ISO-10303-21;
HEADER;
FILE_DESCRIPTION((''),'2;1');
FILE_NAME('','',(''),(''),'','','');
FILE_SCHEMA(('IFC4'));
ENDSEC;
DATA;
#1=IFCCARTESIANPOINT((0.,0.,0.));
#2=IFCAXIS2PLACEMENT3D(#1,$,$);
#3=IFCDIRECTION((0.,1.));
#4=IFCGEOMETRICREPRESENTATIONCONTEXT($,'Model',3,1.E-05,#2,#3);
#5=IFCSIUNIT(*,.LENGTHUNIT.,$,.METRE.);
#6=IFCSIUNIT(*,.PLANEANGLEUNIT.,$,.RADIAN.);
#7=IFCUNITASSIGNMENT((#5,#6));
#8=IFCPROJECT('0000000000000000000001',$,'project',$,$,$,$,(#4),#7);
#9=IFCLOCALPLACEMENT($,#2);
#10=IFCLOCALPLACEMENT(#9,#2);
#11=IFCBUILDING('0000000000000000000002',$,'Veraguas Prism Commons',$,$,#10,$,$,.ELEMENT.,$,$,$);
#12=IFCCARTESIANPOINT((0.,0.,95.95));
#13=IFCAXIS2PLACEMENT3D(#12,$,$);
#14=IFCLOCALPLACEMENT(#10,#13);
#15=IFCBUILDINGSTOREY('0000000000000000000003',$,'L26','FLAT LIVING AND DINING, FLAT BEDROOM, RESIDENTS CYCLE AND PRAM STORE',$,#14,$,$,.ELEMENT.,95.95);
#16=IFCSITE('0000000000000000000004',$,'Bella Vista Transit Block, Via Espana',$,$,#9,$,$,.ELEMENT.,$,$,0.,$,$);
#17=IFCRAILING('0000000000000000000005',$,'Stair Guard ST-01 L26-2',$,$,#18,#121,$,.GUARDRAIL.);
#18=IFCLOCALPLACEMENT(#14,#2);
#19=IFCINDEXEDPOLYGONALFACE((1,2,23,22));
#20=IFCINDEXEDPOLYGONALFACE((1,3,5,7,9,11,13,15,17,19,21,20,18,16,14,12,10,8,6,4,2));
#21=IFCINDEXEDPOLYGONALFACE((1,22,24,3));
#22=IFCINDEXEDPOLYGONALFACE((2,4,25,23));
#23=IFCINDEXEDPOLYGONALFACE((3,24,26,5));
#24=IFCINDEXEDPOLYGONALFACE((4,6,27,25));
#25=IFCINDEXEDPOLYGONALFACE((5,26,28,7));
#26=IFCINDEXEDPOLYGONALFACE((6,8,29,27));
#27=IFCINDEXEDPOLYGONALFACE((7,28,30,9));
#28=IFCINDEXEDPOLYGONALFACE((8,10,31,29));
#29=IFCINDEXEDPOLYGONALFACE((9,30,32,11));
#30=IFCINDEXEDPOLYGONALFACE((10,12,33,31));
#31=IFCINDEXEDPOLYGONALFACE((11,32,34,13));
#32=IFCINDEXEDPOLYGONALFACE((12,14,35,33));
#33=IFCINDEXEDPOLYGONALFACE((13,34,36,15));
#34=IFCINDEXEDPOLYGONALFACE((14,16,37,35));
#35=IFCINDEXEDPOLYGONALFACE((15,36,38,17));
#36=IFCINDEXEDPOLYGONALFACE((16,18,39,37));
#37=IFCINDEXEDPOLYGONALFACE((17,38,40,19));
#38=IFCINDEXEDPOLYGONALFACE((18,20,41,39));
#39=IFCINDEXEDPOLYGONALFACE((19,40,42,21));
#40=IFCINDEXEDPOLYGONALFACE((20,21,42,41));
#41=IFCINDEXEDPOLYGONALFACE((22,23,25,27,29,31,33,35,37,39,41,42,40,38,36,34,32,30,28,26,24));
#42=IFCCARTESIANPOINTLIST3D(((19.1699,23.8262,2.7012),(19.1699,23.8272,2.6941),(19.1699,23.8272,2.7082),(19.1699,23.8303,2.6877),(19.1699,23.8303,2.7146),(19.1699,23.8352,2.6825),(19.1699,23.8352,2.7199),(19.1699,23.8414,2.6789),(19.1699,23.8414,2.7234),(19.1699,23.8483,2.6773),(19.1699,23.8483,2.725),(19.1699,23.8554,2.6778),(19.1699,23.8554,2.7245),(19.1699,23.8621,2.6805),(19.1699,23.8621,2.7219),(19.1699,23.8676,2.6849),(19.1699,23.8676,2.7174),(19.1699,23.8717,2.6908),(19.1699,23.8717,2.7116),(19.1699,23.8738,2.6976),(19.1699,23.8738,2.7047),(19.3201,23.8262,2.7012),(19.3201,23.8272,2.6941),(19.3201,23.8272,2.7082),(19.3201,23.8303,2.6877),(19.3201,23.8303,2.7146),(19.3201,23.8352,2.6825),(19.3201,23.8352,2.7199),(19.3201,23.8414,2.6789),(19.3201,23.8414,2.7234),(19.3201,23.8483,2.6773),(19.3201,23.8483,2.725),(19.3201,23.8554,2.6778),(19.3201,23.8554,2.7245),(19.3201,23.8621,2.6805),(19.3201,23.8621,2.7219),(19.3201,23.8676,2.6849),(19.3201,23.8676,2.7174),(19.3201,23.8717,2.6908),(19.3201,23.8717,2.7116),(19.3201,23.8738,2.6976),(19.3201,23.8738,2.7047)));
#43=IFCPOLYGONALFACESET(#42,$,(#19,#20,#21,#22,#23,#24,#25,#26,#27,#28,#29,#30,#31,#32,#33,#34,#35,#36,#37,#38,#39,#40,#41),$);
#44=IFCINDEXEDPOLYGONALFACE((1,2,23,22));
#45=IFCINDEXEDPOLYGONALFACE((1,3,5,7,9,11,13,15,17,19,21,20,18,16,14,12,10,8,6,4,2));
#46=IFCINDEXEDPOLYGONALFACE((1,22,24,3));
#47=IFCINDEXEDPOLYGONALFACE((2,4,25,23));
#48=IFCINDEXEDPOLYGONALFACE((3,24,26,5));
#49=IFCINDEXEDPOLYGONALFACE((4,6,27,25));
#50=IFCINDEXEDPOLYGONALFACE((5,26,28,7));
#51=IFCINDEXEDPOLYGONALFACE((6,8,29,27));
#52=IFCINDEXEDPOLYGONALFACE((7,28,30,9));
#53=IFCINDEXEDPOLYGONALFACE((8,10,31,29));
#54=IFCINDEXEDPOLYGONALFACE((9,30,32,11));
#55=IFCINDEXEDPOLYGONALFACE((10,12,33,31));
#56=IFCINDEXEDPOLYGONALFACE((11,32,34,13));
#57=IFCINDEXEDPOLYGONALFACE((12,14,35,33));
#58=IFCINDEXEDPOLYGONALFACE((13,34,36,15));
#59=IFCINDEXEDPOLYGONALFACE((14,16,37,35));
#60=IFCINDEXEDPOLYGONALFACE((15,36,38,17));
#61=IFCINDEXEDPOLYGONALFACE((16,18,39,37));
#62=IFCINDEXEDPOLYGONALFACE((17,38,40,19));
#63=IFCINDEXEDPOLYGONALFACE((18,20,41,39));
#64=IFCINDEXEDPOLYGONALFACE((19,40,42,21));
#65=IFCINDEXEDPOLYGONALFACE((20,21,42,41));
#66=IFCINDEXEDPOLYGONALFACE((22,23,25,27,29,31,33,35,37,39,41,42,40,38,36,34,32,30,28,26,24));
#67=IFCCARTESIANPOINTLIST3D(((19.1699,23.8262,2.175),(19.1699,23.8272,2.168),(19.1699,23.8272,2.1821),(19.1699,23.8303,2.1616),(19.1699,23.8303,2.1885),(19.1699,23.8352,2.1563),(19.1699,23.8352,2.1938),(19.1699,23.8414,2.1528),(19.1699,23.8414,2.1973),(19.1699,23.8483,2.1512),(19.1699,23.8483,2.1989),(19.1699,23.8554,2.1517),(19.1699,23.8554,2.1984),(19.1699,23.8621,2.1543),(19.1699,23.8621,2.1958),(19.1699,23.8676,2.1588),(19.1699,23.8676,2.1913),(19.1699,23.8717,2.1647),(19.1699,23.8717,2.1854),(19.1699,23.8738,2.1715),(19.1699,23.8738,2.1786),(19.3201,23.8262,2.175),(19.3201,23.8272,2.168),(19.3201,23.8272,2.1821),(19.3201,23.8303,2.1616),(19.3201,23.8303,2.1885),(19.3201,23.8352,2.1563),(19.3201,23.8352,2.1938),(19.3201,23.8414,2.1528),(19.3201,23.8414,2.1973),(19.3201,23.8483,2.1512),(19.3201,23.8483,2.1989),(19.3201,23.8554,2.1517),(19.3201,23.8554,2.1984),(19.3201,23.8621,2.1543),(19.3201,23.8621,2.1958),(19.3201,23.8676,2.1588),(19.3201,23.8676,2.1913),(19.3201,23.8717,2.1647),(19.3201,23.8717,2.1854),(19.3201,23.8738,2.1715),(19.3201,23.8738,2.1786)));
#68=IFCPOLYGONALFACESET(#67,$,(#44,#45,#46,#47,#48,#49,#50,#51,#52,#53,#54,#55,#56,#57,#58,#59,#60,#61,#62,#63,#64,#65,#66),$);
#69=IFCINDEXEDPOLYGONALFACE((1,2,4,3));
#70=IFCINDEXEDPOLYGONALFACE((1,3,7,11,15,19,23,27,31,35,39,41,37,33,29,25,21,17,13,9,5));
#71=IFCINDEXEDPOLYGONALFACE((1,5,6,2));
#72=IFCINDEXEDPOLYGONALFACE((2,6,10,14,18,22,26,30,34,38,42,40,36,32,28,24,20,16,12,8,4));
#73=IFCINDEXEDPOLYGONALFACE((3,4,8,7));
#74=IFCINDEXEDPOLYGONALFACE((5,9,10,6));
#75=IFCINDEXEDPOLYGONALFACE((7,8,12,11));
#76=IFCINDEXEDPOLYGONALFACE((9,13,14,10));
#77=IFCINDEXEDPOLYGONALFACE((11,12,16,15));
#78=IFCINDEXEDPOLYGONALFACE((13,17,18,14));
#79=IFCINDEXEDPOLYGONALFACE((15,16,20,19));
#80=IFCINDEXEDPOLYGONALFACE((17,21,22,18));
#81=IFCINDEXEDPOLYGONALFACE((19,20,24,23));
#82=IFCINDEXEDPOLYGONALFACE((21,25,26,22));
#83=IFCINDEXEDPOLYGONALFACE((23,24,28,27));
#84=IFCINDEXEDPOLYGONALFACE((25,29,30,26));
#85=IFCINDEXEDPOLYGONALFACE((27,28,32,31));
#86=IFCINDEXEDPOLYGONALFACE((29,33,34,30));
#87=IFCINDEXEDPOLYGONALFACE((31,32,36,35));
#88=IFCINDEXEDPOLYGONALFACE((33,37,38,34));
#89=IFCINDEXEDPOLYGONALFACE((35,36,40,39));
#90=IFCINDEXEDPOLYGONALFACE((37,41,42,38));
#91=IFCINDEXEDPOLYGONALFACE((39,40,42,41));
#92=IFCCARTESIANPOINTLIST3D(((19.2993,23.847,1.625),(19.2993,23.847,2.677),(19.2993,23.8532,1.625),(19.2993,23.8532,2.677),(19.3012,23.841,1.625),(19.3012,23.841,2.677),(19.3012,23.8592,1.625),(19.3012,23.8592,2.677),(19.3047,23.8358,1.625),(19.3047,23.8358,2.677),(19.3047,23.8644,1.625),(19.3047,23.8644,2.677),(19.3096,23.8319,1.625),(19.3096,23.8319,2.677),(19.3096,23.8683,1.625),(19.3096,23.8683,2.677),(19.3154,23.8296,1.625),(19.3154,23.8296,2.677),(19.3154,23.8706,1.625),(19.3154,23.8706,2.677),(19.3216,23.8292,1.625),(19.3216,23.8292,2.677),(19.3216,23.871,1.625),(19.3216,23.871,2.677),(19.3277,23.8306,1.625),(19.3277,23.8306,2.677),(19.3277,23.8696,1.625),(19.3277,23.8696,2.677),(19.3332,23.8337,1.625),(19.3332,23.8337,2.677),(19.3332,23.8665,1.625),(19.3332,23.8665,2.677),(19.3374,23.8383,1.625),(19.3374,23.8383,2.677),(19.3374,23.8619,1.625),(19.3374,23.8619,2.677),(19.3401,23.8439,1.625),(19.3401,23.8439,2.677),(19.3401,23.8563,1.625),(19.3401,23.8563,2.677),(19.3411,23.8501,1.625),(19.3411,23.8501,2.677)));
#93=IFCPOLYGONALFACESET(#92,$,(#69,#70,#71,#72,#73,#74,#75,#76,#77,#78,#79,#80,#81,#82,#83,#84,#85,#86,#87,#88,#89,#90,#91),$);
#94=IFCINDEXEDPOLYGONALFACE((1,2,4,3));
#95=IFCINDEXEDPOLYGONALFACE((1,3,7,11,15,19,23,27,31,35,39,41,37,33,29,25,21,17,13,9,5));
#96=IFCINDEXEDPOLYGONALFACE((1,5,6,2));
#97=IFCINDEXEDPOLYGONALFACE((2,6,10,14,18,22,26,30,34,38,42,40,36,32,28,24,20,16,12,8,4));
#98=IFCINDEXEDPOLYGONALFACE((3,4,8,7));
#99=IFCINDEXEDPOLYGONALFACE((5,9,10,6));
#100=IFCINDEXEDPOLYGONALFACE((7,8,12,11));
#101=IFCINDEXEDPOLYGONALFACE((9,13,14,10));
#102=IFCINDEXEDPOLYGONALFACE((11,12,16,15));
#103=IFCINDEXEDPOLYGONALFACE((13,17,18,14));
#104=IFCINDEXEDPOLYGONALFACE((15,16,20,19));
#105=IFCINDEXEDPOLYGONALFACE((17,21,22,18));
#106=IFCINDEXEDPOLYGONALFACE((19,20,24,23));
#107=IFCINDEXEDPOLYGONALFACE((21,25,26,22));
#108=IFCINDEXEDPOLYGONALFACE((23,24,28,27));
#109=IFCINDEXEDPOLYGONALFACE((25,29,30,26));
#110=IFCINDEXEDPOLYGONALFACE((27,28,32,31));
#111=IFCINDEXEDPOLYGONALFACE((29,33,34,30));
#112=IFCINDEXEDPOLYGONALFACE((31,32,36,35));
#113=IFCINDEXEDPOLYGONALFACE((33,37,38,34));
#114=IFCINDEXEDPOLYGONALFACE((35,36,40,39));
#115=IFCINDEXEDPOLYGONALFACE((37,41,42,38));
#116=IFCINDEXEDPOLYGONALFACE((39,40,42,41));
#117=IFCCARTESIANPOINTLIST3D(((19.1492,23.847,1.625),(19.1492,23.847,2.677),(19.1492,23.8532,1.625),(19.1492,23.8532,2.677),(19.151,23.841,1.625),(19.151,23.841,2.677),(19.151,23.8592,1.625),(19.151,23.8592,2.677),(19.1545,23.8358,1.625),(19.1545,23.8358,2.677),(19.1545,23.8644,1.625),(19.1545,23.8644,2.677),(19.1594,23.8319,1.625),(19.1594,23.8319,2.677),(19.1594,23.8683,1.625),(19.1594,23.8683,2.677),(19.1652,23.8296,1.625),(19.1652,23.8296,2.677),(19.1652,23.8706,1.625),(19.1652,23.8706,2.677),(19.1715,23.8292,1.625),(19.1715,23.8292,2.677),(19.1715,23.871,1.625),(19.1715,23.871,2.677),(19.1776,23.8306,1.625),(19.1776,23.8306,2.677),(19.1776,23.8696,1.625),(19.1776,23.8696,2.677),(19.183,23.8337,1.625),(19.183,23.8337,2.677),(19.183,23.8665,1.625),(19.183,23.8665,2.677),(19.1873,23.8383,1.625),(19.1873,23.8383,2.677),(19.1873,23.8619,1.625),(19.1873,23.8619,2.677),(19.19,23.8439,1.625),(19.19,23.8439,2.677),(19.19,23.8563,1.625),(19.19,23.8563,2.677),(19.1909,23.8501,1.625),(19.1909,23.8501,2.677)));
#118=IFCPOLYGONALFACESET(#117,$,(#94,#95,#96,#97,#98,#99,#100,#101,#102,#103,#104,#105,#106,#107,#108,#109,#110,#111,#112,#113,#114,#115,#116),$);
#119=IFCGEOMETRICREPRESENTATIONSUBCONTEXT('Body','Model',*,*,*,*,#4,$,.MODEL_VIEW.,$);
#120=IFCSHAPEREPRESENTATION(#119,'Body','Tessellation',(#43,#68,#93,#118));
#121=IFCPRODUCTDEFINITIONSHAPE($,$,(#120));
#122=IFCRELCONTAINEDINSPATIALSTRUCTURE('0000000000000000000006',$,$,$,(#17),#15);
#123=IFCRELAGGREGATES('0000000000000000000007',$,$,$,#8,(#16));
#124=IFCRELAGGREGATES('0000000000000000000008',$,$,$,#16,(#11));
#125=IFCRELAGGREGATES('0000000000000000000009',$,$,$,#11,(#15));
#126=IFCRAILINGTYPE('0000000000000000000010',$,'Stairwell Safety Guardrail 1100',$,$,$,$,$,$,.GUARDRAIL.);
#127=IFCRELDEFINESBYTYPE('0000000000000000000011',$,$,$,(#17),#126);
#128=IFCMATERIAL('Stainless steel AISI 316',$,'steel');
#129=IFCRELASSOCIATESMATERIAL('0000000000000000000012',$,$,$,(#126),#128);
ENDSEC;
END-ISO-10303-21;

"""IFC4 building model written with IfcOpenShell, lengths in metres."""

from ifc_helpers import new_model, si_unit, direction, frame, origin, origin_2d, place, context, subcontext, project, spatial, circle, extrude, material, type_object, element, save


model = new_model("IFC4")

# Units and contexts
model_context = context("Model", 3, precision=1e-05, world=origin(), true_north=direction((0.0, 1.0)))
body_context = subcontext(model_context, "Body", "Model", "MODEL_VIEW")
ifc_project = project(units=[si_unit("LENGTHUNIT", "METRE"), si_unit("PLANEANGLEUNIT", "RADIAN")], contexts=[model_context])

# Site, building, storey
site_placement = place(None, origin())
site = spatial("IfcSite", under=ifc_project, at=site_placement, Name="Bella Vista Transit Block, Via Espana", CompositionType="ELEMENT", RefElevation=0.0)
building_placement = place(site_placement, origin())
building = spatial("IfcBuilding", under=site, at=building_placement, Name="Veraguas Prism Commons", CompositionType="ELEMENT")
storey_placement = place(building_placement, frame((0.0, 0.0, 95.95)))
storey = spatial("IfcBuildingStorey", under=building, at=storey_placement, Name="L26", Description="FLAT LIVING AND DINING, FLAT BEDROOM, RESIDENTS CYCLE AND PRAM STORE", CompositionType="ELEMENT", Elevation=95.95)

# Railing
ifc_material_1 = material(Name="Stainless steel AISI 316", Category="steel")
railing_type_1 = type_object("IfcRailingType", Name="Stairwell Safety Guardrail 1100", PredefinedType="GUARDRAIL", material=ifc_material_1)
railing_1_placement = place(storey_placement, frame((19.3201, 23.8501, 1.625)))
element("IfcRailing", 1, at=railing_1_placement, inside=storey, type_object=railing_type_1, Name="Stair Guard ST-01 L26-2", PredefinedType="GUARDRAIL", context=body_context, shape_type="SweptSolid", body=[
    extrude(circle(Radius=0.0239, at=origin_2d()), frame((0.0, 0.0, 1.0762), z_axis=(-1.0, 0.0, 0.0), x_axis=(0.0, -1.0, 0.0)), (0.0, 0.0, 1.0), 0.1501),
    extrude(circle(Radius=0.0239, at=origin_2d()), frame((0.0, 0.0, 0.55), z_axis=(-1.0, 0.0, 0.0), x_axis=(0.0, -1.0, 0.0)), (0.0, 0.0, 1.0), 0.1501),
    extrude(circle(Radius=0.021, at=origin_2d()), origin(), (0.0, 0.0, 1.0), 1.052),
    extrude(circle(Radius=0.021, at=origin_2d()), frame((-0.1501, 0.0, 0.0)), (0.0, 0.0, 1.0), 1.052),
])

save(model, "model.ifc")
